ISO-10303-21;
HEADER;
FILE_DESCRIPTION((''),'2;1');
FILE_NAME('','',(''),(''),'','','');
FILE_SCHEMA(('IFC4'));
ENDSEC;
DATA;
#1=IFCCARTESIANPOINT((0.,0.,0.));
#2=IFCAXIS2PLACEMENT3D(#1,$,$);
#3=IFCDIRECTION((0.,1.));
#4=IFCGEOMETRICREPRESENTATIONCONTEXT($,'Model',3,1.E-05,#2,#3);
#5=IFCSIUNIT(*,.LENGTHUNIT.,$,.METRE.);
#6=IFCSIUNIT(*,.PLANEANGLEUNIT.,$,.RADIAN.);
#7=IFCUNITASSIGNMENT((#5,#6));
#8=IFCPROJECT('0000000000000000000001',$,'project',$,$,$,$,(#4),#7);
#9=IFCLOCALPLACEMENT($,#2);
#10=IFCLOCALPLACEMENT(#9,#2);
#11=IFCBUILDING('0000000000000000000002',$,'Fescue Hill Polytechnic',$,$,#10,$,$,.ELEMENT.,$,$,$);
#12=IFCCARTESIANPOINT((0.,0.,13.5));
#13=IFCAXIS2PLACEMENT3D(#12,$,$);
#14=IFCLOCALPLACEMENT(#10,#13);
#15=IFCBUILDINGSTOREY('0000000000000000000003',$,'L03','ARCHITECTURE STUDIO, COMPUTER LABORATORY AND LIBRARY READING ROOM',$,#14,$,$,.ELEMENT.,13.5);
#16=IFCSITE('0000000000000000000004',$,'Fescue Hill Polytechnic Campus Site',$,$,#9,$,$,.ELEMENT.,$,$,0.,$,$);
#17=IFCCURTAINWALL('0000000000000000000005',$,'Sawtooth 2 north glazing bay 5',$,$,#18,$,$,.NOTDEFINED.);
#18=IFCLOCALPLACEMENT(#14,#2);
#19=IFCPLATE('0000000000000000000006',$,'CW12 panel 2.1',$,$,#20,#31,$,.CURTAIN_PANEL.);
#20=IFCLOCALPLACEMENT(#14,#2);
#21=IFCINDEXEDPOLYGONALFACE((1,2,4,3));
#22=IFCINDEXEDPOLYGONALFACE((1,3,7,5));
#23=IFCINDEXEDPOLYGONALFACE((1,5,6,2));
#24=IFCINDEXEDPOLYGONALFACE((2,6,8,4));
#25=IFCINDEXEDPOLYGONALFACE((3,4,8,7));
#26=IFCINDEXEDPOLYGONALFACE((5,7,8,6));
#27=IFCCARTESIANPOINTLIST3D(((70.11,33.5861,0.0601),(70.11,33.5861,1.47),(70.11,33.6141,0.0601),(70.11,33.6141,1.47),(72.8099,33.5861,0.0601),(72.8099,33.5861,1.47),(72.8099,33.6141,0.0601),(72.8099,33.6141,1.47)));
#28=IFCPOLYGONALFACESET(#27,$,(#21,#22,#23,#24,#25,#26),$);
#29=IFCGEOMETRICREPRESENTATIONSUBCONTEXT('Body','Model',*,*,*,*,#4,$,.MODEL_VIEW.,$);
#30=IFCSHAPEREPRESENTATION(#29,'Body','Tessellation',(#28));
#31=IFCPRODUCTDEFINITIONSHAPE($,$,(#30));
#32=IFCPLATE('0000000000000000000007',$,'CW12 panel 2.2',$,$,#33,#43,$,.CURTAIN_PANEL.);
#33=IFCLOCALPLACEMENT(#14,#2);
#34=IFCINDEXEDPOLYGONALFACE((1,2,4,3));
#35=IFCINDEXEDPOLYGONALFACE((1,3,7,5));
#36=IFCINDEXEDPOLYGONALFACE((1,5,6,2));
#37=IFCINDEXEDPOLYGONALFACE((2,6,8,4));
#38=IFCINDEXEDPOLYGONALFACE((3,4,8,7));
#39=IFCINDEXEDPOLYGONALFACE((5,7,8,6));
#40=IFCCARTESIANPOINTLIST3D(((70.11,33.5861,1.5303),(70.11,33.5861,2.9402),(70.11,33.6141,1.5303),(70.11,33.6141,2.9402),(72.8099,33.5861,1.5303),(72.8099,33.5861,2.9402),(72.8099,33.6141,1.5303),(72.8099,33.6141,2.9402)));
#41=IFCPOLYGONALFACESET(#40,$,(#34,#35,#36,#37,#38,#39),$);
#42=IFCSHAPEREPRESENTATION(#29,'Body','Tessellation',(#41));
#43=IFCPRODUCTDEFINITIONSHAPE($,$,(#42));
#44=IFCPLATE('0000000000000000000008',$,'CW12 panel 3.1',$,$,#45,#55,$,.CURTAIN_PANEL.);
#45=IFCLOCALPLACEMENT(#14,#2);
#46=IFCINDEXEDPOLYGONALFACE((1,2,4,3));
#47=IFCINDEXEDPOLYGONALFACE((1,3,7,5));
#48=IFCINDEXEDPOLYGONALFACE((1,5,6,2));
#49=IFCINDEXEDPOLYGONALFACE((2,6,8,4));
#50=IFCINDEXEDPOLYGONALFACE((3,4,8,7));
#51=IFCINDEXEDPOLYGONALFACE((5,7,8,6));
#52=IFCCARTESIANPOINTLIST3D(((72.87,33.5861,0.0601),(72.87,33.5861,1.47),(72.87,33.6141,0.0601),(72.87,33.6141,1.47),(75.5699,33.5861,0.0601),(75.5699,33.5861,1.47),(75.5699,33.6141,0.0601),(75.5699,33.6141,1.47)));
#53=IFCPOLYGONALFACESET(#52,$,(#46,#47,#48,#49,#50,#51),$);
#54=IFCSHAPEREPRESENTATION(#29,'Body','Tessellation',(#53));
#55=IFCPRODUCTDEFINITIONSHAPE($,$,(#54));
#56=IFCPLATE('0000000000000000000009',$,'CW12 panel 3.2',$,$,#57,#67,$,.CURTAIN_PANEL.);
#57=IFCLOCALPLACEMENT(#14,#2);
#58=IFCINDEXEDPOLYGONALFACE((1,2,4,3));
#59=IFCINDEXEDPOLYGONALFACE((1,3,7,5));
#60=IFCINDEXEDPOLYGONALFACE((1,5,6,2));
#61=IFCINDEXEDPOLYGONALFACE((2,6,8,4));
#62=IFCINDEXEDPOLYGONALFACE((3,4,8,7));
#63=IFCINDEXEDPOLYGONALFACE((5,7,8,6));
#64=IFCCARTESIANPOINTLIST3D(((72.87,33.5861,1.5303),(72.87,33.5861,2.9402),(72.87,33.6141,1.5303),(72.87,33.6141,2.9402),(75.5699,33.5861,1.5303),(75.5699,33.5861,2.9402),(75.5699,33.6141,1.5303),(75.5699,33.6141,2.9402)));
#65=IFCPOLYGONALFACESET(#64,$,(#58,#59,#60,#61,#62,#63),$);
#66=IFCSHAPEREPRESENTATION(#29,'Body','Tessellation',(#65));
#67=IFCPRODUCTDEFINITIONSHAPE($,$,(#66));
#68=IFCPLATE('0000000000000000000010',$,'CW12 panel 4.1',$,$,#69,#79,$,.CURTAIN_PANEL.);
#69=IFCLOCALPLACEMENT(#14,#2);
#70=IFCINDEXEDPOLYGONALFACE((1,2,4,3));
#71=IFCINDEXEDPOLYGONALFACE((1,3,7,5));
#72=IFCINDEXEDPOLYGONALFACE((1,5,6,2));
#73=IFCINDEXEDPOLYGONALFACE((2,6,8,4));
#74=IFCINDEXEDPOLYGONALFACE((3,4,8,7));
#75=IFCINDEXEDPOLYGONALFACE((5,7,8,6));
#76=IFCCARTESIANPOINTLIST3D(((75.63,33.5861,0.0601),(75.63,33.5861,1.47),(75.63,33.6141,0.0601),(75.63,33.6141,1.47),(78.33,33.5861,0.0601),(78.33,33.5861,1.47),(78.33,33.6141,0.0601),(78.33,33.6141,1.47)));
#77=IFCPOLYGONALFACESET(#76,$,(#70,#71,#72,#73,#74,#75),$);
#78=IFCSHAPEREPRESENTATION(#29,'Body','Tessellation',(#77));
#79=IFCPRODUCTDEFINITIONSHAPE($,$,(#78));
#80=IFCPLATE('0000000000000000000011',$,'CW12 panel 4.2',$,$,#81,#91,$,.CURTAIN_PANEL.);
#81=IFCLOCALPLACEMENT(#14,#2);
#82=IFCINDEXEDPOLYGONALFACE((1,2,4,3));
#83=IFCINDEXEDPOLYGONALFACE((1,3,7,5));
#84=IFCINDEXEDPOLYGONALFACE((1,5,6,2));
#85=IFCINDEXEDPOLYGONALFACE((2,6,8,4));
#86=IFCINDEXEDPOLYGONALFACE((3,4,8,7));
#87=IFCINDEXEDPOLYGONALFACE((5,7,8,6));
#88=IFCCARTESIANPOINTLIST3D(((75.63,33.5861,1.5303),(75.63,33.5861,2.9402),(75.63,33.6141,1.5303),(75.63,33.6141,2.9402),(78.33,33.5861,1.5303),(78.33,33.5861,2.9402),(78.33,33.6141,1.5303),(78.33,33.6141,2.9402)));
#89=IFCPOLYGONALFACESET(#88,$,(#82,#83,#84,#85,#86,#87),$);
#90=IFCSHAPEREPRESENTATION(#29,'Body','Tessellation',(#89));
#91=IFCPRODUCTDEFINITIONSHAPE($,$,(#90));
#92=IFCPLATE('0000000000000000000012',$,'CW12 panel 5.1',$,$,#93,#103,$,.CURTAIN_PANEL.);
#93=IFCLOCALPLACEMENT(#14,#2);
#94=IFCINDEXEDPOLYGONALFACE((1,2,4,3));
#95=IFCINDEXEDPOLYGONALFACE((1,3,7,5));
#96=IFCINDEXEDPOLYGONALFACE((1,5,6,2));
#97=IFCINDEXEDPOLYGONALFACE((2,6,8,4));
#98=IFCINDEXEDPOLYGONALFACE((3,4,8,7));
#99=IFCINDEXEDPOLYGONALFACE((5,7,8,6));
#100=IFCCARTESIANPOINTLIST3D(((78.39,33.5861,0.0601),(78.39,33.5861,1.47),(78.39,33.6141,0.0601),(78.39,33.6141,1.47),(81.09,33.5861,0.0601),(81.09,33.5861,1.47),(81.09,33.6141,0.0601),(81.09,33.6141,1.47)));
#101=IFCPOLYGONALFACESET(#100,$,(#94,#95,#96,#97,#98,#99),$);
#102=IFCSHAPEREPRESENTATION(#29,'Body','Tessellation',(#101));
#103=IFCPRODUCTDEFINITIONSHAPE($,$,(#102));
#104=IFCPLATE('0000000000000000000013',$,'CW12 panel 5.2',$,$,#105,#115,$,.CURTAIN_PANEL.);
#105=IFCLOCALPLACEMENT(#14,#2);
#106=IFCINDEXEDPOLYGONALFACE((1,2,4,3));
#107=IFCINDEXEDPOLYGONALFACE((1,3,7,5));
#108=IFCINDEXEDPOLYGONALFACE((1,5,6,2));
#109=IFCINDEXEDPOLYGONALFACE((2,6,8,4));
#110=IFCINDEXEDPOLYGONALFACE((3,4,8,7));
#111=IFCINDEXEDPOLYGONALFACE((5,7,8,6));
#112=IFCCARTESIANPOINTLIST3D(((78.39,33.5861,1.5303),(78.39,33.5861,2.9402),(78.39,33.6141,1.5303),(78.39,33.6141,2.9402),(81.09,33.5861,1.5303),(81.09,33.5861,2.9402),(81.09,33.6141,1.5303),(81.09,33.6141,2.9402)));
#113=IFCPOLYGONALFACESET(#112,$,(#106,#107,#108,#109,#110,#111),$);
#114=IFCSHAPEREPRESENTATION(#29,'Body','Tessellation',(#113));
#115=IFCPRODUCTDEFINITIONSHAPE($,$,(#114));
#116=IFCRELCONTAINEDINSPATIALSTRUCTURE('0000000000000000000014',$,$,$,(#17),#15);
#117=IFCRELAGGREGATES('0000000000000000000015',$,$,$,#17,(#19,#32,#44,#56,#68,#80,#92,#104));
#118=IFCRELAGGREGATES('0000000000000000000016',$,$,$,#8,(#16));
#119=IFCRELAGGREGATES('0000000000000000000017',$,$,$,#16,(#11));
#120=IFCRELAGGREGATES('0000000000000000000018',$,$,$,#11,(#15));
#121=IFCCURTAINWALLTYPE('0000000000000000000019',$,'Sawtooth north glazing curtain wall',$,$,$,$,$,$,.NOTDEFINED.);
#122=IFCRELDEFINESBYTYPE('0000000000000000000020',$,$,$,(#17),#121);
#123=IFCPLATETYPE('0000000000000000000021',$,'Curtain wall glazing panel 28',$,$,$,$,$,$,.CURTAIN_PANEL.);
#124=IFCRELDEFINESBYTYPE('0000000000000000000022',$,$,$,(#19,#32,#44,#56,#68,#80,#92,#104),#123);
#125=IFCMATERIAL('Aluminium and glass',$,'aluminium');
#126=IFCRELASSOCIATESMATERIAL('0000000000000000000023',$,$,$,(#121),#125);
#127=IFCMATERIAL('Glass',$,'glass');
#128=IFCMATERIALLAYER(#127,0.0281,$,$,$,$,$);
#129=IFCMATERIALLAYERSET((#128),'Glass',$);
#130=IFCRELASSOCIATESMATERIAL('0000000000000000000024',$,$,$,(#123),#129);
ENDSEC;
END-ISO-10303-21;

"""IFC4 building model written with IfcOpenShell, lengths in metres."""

from ifc_helpers import new_model, si_unit, direction, frame, origin, origin_2d, place, context, subcontext, project, spatial, rectangle, extrude, material, layer, layer_set, type_object, element, aggregate, save


model = new_model("IFC4")

# Units and contexts
model_context = context("Model", 3, precision=1e-05, world=origin(), true_north=direction((0.0, 1.0)))
body_context = subcontext(model_context, "Body", "Model", "MODEL_VIEW")
ifc_project = project(units=[si_unit("LENGTHUNIT", "METRE"), si_unit("PLANEANGLEUNIT", "RADIAN")], contexts=[model_context])

# Site, building, storey
site_placement = place(None, origin())
site = spatial("IfcSite", under=ifc_project, at=site_placement, Name="Fescue Hill Polytechnic Campus Site", CompositionType="ELEMENT", RefElevation=0.0)
building_placement = place(site_placement, origin())
building = spatial("IfcBuilding", under=site, at=building_placement, Name="Fescue Hill Polytechnic", CompositionType="ELEMENT")
storey_placement = place(building_placement, frame((0.0, 0.0, 13.5)))
storey = spatial("IfcBuildingStorey", under=building, at=storey_placement, Name="L03", Description="ARCHITECTURE STUDIO, COMPUTER LABORATORY AND LIBRARY READING ROOM", CompositionType="ELEMENT", Elevation=13.5)

# Curtain wall, plates
ifc_material_1 = material(Name="Aluminium and glass", Category="aluminium")
curtain_wall_type = type_object("IfcCurtainWallType", Name="Sawtooth north glazing curtain wall", PredefinedType="NOTDEFINED", material=ifc_material_1)
curtain_wall_placement = place(storey_placement, origin())
curtain_wall = element("IfcCurtainWall", 1, at=curtain_wall_placement, inside=storey, type_object=curtain_wall_type, Name="Sawtooth 2 north glazing bay 5", PredefinedType="NOTDEFINED")
ifc_material_2 = material(Name="Glass", Category="glass")
ifc_layer = layer(ifc_material_2, 0.0281)
ifc_layer_set = layer_set([ifc_layer], Name="Glass")
plate_type = type_object("IfcPlateType", Name="Curtain wall glazing panel 28", PredefinedType="CURTAIN_PANEL", material=ifc_layer_set)
plate_1_placement = place(storey_placement, frame((71.46, 33.6001, 0.0601), z_axis=(0.0, 0.0, 1.0), x_axis=(1.0, 0.0, 0.0)))
plate_1 = element("IfcPlate", 2, at=plate_1_placement, type_object=plate_type, Name="CW12 panel 2.1", PredefinedType="CURTAIN_PANEL", context=body_context, shape_type="SweptSolid", body=[
    extrude(rectangle(XDim=2.7, YDim=0.0281, at=origin_2d()), origin(), (0.0, 0.0, 1.0), 1.4099),
])
plate_2_placement = place(storey_placement, frame((71.46, 33.6001, 1.5303), z_axis=(0.0, 0.0, 1.0), x_axis=(1.0, 0.0, 0.0)))
plate_2 = element("IfcPlate", 3, at=plate_2_placement, type_object=plate_type, Name="CW12 panel 2.2", PredefinedType="CURTAIN_PANEL", context=body_context, shape_type="SweptSolid", body=[
    extrude(rectangle(XDim=2.7, YDim=0.0281, at=origin_2d()), origin(), (0.0, 0.0, 1.0), 1.4099),
])
plate_3_placement = place(storey_placement, frame((74.22, 33.6001, 0.0601), z_axis=(0.0, 0.0, 1.0), x_axis=(1.0, 0.0, 0.0)))
plate_3 = element("IfcPlate", 4, at=plate_3_placement, type_object=plate_type, Name="CW12 panel 3.1", PredefinedType="CURTAIN_PANEL", context=body_context, shape_type="SweptSolid", body=[
    extrude(rectangle(XDim=2.7, YDim=0.0281, at=origin_2d()), origin(), (0.0, 0.0, 1.0), 1.4099),
])
plate_4_placement = place(storey_placement, frame((74.22, 33.6001, 1.5303), z_axis=(0.0, 0.0, 1.0), x_axis=(1.0, 0.0, 0.0)))
plate_4 = element("IfcPlate", 5, at=plate_4_placement, type_object=plate_type, Name="CW12 panel 3.2", PredefinedType="CURTAIN_PANEL", context=body_context, shape_type="SweptSolid", body=[
    extrude(rectangle(XDim=2.7, YDim=0.0281, at=origin_2d()), origin(), (0.0, 0.0, 1.0), 1.4099),
])
plate_5_placement = place(storey_placement, frame((76.98, 33.6001, 0.0601), z_axis=(0.0, 0.0, 1.0), x_axis=(1.0, 0.0, 0.0)))
plate_5 = element("IfcPlate", 6, at=plate_5_placement, type_object=plate_type, Name="CW12 panel 4.1", PredefinedType="CURTAIN_PANEL", context=body_context, shape_type="SweptSolid", body=[
    extrude(rectangle(XDim=2.7, YDim=0.0281, at=origin_2d()), origin(), (0.0, 0.0, 1.0), 1.4099),
])
plate_6_placement = place(storey_placement, frame((76.98, 33.6001, 1.5303), z_axis=(0.0, 0.0, 1.0), x_axis=(1.0, 0.0, 0.0)))
plate_6 = element("IfcPlate", 7, at=plate_6_placement, type_object=plate_type, Name="CW12 panel 4.2", PredefinedType="CURTAIN_PANEL", context=body_context, shape_type="SweptSolid", body=[
    extrude(rectangle(XDim=2.7, YDim=0.0281, at=origin_2d()), origin(), (0.0, 0.0, 1.0), 1.4099),
])
plate_7_placement = place(storey_placement, frame((79.74, 33.6001, 0.0601), z_axis=(0.0, 0.0, 1.0), x_axis=(1.0, 0.0, 0.0)))
plate_7 = element("IfcPlate", 8, at=plate_7_placement, type_object=plate_type, Name="CW12 panel 5.1", PredefinedType="CURTAIN_PANEL", context=body_context, shape_type="SweptSolid", body=[
    extrude(rectangle(XDim=2.7, YDim=0.0281, at=origin_2d()), origin(), (0.0, 0.0, 1.0), 1.4099),
])
plate_8_placement = place(storey_placement, frame((79.74, 33.6001, 1.5303), z_axis=(0.0, 0.0, 1.0), x_axis=(1.0, 0.0, 0.0)))
plate_8 = element("IfcPlate", 9, at=plate_8_placement, type_object=plate_type, Name="CW12 panel 5.2", PredefinedType="CURTAIN_PANEL", context=body_context, shape_type="SweptSolid", body=[
    extrude(rectangle(XDim=2.7, YDim=0.0281, at=origin_2d()), origin(), (0.0, 0.0, 1.0), 1.4099),
])
aggregate(curtain_wall, [plate_1, plate_2, plate_3, plate_4, plate_5, plate_6, plate_7, plate_8])

save(model, "model.ifc")
